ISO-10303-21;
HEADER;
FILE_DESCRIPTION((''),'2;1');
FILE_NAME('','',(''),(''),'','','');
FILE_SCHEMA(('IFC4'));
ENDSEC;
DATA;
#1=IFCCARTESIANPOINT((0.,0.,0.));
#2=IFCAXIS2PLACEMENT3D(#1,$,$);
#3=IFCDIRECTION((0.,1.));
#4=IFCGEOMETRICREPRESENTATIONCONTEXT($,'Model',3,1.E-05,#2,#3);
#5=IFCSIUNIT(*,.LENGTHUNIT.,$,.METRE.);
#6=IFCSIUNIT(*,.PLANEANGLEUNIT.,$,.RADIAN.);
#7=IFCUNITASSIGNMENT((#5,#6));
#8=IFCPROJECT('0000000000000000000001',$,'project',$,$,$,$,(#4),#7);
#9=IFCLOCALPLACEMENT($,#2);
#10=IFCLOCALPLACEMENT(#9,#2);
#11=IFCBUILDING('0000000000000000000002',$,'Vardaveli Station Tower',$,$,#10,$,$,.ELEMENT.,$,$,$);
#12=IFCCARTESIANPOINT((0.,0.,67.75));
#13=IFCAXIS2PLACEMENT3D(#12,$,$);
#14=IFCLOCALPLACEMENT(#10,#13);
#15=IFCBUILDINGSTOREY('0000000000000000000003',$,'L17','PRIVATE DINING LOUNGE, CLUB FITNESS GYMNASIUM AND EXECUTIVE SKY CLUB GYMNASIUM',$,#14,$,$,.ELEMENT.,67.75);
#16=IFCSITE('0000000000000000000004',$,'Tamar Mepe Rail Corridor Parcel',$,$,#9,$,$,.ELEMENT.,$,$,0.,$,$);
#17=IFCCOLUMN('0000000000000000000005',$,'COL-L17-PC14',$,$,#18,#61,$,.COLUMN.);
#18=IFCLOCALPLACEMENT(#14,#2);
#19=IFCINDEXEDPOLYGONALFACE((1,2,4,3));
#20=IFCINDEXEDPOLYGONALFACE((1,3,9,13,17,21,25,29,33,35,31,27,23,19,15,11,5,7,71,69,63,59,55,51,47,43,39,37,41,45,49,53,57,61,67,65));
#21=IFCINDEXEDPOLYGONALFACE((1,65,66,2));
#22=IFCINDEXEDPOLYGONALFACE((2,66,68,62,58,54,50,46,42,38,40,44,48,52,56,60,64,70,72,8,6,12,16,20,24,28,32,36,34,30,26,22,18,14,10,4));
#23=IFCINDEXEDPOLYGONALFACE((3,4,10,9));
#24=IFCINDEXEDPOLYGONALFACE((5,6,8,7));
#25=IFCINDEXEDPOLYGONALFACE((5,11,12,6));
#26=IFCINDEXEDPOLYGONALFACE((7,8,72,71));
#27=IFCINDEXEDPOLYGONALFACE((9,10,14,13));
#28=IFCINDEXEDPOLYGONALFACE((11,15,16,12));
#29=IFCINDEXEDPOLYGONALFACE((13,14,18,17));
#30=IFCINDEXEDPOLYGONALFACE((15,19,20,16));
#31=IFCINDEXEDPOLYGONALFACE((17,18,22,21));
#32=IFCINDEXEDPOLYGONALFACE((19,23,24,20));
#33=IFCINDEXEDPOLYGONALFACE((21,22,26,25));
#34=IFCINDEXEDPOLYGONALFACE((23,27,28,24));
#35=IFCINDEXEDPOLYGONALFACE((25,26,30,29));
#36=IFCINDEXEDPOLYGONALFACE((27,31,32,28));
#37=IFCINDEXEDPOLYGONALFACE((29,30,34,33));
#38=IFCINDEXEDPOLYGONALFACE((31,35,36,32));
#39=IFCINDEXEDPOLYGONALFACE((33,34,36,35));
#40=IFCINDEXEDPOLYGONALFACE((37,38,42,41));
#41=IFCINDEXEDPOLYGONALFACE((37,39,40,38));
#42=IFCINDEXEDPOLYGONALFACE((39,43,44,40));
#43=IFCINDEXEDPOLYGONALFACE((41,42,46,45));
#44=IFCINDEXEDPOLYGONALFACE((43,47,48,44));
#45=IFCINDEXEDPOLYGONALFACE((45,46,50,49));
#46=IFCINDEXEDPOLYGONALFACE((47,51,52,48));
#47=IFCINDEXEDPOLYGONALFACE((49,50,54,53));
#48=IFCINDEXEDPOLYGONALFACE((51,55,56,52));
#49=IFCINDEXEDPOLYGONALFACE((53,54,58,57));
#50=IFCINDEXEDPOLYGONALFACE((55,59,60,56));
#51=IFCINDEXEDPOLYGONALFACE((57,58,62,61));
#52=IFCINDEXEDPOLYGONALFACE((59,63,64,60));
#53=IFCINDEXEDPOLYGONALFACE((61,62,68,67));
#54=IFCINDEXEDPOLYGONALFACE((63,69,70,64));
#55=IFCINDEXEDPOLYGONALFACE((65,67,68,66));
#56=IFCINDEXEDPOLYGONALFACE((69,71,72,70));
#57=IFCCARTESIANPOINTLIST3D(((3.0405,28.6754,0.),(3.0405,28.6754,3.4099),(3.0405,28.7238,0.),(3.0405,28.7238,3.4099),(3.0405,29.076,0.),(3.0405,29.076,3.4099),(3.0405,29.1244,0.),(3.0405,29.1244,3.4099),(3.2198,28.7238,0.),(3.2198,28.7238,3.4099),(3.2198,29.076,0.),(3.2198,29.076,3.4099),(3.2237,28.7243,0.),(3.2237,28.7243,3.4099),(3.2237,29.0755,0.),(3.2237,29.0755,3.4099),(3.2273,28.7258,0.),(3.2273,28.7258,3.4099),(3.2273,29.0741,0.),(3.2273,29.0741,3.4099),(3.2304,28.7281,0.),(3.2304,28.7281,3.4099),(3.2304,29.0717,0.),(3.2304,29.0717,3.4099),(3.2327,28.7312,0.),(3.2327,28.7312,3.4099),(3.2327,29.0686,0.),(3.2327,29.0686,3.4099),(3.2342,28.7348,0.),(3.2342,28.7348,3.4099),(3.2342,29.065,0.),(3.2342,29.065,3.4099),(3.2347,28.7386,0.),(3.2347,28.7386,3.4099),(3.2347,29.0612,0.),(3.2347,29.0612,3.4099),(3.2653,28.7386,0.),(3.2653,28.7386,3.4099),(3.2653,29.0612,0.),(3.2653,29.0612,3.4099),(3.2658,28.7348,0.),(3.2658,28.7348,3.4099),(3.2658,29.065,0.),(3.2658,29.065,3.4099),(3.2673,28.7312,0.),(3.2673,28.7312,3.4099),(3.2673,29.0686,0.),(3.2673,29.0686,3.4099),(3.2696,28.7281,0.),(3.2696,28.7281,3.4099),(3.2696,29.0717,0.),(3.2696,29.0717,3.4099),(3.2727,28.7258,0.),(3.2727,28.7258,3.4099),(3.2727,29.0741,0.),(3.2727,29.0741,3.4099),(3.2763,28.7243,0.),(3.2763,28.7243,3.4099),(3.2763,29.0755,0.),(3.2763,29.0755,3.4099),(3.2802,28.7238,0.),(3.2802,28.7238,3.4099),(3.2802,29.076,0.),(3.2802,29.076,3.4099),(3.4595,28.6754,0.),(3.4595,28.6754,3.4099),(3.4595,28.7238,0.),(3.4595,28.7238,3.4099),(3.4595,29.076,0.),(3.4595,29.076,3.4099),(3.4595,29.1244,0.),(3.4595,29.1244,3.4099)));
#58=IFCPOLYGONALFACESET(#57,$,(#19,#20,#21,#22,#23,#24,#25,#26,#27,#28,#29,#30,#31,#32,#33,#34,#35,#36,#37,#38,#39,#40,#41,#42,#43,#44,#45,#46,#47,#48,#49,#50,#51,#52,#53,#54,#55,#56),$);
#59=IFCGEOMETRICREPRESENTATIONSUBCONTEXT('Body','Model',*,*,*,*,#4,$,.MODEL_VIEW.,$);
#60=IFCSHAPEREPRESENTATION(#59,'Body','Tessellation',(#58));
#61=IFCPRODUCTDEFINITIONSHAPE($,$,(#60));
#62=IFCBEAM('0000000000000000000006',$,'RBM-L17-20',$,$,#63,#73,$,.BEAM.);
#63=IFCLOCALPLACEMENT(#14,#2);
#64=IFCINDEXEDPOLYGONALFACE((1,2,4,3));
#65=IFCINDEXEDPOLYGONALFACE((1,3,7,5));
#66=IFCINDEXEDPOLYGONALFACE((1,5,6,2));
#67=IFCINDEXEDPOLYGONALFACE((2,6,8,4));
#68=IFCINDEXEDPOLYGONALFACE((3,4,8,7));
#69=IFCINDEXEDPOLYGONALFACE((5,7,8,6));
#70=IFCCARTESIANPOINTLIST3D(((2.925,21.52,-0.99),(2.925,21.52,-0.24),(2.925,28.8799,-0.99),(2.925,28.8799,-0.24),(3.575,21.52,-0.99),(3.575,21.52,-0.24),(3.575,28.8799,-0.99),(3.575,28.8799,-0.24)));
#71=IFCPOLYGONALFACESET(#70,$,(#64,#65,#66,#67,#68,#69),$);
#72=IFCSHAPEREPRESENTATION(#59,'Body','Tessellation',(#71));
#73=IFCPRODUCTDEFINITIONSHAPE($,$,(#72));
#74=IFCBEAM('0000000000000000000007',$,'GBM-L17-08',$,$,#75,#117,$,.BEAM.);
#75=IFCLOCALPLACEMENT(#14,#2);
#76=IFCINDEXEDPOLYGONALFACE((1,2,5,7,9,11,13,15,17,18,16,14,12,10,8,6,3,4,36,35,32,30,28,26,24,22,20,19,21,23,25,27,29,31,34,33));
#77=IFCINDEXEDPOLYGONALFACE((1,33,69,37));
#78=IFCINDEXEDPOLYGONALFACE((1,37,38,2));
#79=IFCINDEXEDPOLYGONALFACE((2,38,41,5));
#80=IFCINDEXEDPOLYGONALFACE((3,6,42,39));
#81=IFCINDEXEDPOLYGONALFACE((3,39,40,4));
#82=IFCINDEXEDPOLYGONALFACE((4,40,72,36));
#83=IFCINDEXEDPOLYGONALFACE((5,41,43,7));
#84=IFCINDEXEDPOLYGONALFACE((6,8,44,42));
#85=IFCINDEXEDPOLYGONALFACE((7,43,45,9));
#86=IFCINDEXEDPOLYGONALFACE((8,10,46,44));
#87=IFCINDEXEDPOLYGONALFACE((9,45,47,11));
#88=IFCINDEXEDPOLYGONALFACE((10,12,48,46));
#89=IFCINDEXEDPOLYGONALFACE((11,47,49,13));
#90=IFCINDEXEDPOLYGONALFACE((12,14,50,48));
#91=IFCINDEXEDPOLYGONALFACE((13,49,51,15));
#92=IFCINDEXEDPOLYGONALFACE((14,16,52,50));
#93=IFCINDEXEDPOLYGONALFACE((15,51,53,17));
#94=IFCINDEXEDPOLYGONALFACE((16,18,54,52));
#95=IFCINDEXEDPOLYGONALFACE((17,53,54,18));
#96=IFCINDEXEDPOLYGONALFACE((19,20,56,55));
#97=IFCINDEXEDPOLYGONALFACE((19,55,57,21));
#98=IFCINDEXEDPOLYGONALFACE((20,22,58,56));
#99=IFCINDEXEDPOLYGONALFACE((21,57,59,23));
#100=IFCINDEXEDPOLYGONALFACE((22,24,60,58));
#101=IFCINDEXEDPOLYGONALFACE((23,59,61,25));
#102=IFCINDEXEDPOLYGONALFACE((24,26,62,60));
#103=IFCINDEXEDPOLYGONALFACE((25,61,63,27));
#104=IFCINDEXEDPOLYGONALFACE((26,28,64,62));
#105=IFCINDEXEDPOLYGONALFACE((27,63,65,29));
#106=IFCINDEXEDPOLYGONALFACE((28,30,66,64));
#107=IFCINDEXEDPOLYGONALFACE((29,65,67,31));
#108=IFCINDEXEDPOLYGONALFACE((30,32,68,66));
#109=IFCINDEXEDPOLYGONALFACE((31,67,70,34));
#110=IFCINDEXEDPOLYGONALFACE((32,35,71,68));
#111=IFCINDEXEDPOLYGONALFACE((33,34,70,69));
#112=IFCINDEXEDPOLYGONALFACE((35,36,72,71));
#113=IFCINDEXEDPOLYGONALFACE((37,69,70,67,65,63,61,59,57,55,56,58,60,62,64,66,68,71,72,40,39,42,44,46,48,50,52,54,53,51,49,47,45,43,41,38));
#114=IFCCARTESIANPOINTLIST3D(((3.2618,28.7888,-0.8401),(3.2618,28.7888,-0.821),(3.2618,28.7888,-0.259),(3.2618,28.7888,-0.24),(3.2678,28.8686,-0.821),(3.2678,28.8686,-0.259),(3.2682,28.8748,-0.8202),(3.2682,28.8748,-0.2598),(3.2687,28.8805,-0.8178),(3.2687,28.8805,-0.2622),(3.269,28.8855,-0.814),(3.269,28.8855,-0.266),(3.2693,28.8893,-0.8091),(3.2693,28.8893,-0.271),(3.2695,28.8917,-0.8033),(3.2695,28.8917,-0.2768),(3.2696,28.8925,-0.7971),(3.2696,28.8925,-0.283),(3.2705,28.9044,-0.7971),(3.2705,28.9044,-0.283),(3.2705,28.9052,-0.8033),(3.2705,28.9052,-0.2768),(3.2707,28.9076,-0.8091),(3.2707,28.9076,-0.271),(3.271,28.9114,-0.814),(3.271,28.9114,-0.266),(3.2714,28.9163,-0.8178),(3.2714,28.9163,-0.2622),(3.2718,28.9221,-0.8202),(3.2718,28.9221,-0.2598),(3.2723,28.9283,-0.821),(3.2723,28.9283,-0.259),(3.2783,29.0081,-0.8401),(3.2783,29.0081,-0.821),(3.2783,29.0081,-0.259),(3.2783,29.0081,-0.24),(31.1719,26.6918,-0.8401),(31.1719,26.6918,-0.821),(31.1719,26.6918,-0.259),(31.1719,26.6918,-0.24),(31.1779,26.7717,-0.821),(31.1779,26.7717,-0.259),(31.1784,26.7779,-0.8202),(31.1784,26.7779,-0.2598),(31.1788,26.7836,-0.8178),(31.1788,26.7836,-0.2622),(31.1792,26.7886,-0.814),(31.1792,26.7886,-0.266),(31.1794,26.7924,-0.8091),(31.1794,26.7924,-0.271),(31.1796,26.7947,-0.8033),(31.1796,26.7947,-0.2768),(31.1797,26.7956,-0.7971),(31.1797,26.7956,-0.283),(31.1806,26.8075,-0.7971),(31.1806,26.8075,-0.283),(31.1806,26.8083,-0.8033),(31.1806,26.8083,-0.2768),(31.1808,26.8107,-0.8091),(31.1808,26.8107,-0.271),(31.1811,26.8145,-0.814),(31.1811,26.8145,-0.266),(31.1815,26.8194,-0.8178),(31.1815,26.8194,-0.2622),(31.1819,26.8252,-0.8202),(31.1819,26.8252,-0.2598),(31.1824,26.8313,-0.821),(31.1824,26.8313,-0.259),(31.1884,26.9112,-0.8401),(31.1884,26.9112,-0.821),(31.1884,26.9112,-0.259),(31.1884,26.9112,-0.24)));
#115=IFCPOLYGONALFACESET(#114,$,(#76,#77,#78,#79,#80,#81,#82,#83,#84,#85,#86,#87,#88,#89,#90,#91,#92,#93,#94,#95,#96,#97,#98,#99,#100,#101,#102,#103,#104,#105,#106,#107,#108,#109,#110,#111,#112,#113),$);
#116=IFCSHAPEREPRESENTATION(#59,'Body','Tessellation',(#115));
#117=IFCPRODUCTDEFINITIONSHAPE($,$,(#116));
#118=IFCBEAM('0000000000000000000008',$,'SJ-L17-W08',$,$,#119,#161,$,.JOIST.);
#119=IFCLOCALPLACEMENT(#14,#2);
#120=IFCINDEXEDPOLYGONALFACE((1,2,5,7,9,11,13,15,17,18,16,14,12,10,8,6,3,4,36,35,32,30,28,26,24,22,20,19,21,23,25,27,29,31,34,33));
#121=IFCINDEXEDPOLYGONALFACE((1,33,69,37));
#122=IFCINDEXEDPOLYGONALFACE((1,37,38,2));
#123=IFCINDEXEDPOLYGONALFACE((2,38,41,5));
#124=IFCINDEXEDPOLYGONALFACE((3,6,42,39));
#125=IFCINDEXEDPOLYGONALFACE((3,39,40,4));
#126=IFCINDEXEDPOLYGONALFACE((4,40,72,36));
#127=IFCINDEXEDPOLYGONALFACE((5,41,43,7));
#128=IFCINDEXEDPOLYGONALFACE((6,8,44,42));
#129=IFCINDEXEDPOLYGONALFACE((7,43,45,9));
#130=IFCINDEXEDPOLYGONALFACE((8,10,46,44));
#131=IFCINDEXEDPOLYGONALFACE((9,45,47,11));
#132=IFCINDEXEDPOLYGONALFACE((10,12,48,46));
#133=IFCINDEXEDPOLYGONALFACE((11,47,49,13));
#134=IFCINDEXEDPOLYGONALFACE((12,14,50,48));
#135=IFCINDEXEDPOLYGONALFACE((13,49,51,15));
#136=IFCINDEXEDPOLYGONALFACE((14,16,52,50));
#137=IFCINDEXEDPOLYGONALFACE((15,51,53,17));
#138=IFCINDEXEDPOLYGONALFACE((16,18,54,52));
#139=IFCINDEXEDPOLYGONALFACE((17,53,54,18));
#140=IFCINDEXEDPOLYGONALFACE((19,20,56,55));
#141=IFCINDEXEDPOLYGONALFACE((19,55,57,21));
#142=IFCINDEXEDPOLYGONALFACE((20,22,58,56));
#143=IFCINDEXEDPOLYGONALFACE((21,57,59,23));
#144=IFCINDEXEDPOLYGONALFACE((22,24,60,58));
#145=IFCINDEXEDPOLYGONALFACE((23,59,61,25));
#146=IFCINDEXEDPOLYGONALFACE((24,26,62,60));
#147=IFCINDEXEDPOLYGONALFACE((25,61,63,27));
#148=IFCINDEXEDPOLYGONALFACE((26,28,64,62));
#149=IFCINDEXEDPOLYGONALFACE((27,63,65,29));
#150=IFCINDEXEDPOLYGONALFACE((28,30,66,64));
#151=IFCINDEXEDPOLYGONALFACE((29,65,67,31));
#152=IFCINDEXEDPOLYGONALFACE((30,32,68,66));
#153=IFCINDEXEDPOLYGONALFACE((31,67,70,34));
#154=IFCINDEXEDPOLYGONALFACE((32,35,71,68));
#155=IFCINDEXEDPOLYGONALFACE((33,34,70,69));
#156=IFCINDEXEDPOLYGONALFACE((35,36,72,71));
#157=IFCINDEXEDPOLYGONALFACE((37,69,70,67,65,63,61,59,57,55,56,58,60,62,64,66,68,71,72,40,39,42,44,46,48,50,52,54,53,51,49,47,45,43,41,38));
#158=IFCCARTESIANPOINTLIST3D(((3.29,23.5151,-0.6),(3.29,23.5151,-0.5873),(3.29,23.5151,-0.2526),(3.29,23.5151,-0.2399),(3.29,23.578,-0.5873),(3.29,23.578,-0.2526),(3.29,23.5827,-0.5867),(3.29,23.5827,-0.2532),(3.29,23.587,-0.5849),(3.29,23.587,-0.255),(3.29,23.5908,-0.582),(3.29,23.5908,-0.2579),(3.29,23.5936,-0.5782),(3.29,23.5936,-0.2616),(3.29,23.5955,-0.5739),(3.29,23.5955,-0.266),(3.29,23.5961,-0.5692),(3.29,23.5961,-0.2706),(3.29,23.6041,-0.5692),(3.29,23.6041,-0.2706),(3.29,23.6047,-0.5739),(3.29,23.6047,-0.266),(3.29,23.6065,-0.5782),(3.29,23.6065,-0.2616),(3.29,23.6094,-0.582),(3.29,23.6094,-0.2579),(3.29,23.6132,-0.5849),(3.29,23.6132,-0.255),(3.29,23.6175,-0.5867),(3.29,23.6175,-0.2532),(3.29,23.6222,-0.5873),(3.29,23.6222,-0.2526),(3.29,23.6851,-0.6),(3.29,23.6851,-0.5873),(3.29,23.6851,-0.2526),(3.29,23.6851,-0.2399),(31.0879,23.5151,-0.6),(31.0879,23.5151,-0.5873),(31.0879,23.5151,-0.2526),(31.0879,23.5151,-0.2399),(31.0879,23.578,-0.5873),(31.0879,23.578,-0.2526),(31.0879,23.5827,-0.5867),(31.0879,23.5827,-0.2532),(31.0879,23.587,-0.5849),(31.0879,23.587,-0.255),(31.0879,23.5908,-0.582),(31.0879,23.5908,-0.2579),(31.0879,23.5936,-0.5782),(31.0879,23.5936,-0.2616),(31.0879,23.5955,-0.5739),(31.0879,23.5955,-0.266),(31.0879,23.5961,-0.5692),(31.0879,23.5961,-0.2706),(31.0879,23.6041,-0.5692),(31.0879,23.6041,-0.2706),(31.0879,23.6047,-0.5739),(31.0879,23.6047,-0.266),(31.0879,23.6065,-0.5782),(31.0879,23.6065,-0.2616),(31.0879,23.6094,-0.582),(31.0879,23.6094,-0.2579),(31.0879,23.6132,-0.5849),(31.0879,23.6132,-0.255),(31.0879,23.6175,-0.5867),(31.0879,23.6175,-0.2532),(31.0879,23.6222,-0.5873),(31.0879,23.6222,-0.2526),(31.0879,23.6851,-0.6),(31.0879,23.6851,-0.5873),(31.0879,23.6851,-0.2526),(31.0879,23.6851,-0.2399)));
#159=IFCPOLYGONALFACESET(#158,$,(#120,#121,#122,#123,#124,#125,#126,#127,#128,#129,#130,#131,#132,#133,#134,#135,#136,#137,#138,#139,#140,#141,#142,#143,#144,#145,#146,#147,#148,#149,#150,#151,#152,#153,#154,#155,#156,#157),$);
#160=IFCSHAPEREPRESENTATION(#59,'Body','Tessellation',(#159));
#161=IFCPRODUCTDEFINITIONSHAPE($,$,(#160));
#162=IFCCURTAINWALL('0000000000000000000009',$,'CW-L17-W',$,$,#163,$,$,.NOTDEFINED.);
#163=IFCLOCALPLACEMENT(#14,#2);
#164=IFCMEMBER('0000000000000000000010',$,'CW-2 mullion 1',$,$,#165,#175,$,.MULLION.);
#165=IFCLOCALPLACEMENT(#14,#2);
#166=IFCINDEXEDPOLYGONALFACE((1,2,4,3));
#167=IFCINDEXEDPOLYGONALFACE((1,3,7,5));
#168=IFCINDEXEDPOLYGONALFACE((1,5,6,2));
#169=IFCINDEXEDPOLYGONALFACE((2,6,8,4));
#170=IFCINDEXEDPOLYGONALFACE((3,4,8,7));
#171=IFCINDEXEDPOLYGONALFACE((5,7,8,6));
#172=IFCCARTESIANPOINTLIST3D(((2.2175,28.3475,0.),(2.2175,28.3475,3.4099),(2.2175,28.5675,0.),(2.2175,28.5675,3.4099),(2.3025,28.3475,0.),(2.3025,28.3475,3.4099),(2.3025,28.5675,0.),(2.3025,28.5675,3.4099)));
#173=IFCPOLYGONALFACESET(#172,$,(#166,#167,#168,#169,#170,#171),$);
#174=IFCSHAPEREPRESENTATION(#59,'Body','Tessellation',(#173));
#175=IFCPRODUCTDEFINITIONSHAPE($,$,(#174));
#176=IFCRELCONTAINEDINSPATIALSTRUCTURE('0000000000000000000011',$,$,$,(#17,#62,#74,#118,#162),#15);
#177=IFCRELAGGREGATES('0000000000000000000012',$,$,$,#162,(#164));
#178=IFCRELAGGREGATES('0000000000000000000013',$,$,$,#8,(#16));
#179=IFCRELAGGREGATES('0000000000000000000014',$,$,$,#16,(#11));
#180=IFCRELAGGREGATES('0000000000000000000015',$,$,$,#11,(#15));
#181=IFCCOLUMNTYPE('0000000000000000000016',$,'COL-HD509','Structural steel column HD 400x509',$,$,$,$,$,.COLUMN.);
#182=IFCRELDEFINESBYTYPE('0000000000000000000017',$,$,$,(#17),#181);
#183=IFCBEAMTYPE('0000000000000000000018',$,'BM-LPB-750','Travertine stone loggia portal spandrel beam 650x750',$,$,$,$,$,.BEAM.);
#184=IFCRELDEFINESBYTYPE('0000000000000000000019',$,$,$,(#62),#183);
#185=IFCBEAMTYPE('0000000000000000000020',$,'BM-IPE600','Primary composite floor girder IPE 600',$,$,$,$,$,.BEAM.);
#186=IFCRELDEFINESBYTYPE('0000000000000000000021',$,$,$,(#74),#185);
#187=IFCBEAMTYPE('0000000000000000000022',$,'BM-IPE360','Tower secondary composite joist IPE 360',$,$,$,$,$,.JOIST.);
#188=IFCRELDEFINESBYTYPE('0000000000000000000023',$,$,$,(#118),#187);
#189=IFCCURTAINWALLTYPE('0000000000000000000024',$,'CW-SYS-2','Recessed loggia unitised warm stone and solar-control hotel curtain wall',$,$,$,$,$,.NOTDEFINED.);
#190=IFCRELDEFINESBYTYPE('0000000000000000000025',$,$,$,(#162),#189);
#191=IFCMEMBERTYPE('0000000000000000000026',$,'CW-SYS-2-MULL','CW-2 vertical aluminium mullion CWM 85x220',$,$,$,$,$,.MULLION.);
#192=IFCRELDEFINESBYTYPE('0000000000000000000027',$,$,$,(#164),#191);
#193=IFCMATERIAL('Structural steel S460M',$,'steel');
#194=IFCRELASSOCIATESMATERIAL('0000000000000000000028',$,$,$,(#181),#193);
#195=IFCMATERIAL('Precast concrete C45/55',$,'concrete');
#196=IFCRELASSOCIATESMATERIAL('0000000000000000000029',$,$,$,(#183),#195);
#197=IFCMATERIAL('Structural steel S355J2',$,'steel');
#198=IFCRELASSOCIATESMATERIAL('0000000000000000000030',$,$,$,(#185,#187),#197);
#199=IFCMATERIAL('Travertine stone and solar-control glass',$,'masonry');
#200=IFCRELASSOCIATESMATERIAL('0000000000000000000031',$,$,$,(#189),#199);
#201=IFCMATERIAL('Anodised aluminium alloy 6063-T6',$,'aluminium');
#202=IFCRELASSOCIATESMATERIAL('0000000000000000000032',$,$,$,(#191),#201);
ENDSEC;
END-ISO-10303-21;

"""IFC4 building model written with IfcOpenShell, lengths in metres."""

from ifc_helpers import new_model, si_unit, direction, frame, origin, origin_2d, place, context, subcontext, project, spatial, rectangle, i_section, extrude, source, transform, mapped, material, material_profile, profile_set, type_object, element, aggregate, save


model = new_model("IFC4")

# Units and contexts
model_context = context("Model", 3, precision=1e-05, world=origin(), true_north=direction((0.0, 1.0)))
body_context = subcontext(model_context, "Body", "Model", "MODEL_VIEW")
ifc_project = project(units=[si_unit("LENGTHUNIT", "METRE"), si_unit("PLANEANGLEUNIT", "RADIAN")], contexts=[model_context])

# Site, building, storey
site_placement = place(None, origin())
site = spatial("IfcSite", under=ifc_project, at=site_placement, Name="Tamar Mepe Rail Corridor Parcel", CompositionType="ELEMENT", RefElevation=0.0)
building_placement = place(site_placement, origin())
building = spatial("IfcBuilding", under=site, at=building_placement, Name="Vardaveli Station Tower", CompositionType="ELEMENT")
storey_placement = place(building_placement, frame((0.0, 0.0, 67.75)))
storey = spatial("IfcBuildingStorey", under=building, at=storey_placement, Name="L17", Description="PRIVATE DINING LOUNGE, CLUB FITNESS GYMNASIUM AND EXECUTIVE SKY CLUB GYMNASIUM", CompositionType="ELEMENT", Elevation=67.75)

# Column
ifc_material_1 = material(Name="Structural steel S460M", Category="steel")
ifc_material_profile_1 = material_profile(ifc_material_1, i_section(OverallWidth=0.4189, OverallDepth=0.449, WebThickness=0.0305, FlangeThickness=0.0483, FilletRadius=0.0149, at=origin_2d()), Name="HD 400x509")
ifc_profile_set_1 = profile_set([ifc_material_profile_1], Name="Structural steel S460M")
column_type = type_object("IfcColumnType", Name="COL-HD509", Description="Structural steel column HD 400x509", PredefinedType="COLUMN", material=ifc_profile_set_1)
shared_shape_1 = source(origin(), body_context, "Body", "SweptSolid", [
    extrude(i_section(OverallWidth=0.4189, OverallDepth=0.449, WebThickness=0.0305, FlangeThickness=0.0483, FilletRadius=0.0149, at=origin_2d()), origin(), (0.0, 0.0, 1.0), 3.4099),
])
column_placement = place(storey_placement, frame((3.25, 28.8999, 0.0), z_axis=(0.0, 0.0, 1.0), x_axis=(1.0, 0.0, 0.0)))
element("IfcColumn", 1, at=column_placement, inside=storey, type_object=column_type, Name="COL-L17-PC14", PredefinedType="COLUMN", context=body_context, shape_type="MappedRepresentation", body=[
    mapped(shared_shape_1, transform((0.0, 0.0, 0.0), scale=1.0)),
])

# Beams
ifc_material_2 = material(Name="Precast concrete C45/55", Category="concrete")
ifc_material_profile_2 = material_profile(ifc_material_2, rectangle(XDim=0.6499, YDim=0.75, at=origin_2d()), Name="LPB 650x750")
ifc_profile_set_2 = profile_set([ifc_material_profile_2], Name="Precast concrete C45/55")
beam_type_1 = type_object("IfcBeamType", Name="BM-LPB-750", Description="Travertine stone loggia portal spandrel beam 650x750", PredefinedType="BEAM", material=ifc_profile_set_2)
shared_shape_2 = source(origin(), body_context, "Body", "SweptSolid", [
    extrude(rectangle(XDim=0.6499, YDim=0.75, at=origin_2d()), origin(), (0.0, 0.0, 1.0), 7.3599),
])
beam_1_placement = place(storey_placement, frame((3.25, 28.8799, -0.615), z_axis=(0.0, -1.0, 0.0), x_axis=(1.0, 0.0, 0.0)))
element("IfcBeam", 2, at=beam_1_placement, inside=storey, type_object=beam_type_1, Name="RBM-L17-20", PredefinedType="BEAM", context=body_context, shape_type="MappedRepresentation", body=[
    mapped(shared_shape_2, transform((0.0, 0.0, 0.0), scale=1.0)),
])
ifc_material_3 = material(Name="Structural steel S355J2", Category="steel")
ifc_material_profile_3 = material_profile(ifc_material_3, i_section(OverallWidth=0.22, OverallDepth=0.6001, WebThickness=0.012, FlangeThickness=0.019, FilletRadius=0.0239, at=origin_2d()), Name="IPE 600")
ifc_profile_set_3 = profile_set([ifc_material_profile_3], Name="Structural steel S355J2")
beam_type_2 = type_object("IfcBeamType", Name="BM-IPE600", Description="Primary composite floor girder IPE 600", PredefinedType="BEAM", material=ifc_profile_set_3)
shared_shape_3 = source(origin(), body_context, "Body", "SweptSolid", [
    extrude(i_section(OverallWidth=0.22, OverallDepth=0.6001, WebThickness=0.012, FlangeThickness=0.019, FilletRadius=0.0239, at=origin_2d()), origin(), (0.0, 0.0, 1.0), 27.9888),
])
beam_2_placement = place(storey_placement, frame((3.27, 28.8984, -0.54), z_axis=(0.99719, -0.07492, 0.0), x_axis=(0.07492, 0.99719, 0.0)))
element("IfcBeam", 3, at=beam_2_placement, inside=storey, type_object=beam_type_2, Name="GBM-L17-08", PredefinedType="BEAM", context=body_context, shape_type="MappedRepresentation", body=[
    mapped(shared_shape_3, transform((0.0, 0.0, 0.0), scale=1.0)),
])
ifc_material_profile_4 = material_profile(ifc_material_3, i_section(OverallWidth=0.1699, OverallDepth=0.3601, WebThickness=0.0081, FlangeThickness=0.0127, FilletRadius=0.0181, at=origin_2d()), Name="IPE 360")
ifc_profile_set_4 = profile_set([ifc_material_profile_4], Name="Structural steel S355J2")
beam_type_3 = type_object("IfcBeamType", Name="BM-IPE360", Description="Tower secondary composite joist IPE 360", PredefinedType="JOIST", material=ifc_profile_set_4)
shared_shape_4 = source(origin(), body_context, "Body", "SweptSolid", [
    extrude(i_section(OverallWidth=0.1699, OverallDepth=0.3601, WebThickness=0.0081, FlangeThickness=0.0127, FilletRadius=0.0181, at=origin_2d()), origin(), (0.0, 0.0, 1.0), 27.7979),
])
beam_3_placement = place(storey_placement, frame((3.29, 23.6001, -0.4199), z_axis=(1.0, 0.0, 0.0), x_axis=(0.0, 1.0, 0.0)))
element("IfcBeam", 4, at=beam_3_placement, inside=storey, type_object=beam_type_3, Name="SJ-L17-W08", PredefinedType="JOIST", context=body_context, shape_type="MappedRepresentation", body=[
    mapped(shared_shape_4, transform((0.0, 0.0, 0.0), scale=1.0)),
])

# Curtain wall, member
ifc_material_4 = material(Name="Travertine stone and solar-control glass", Category="masonry")
curtain_wall_type = type_object("IfcCurtainWallType", Name="CW-SYS-2", Description="Recessed loggia unitised warm stone and solar-control hotel curtain wall", PredefinedType="NOTDEFINED", material=ifc_material_4)
curtain_wall_placement = place(storey_placement, origin())
curtain_wall = element("IfcCurtainWall", 5, at=curtain_wall_placement, inside=storey, type_object=curtain_wall_type, Name="CW-L17-W", PredefinedType="NOTDEFINED")
ifc_material_5 = material(Name="Anodised aluminium alloy 6063-T6", Category="aluminium")
ifc_material_profile_5 = material_profile(ifc_material_5, rectangle(XDim=0.085, YDim=0.22, at=origin_2d()), Name="CWM 85x220")
ifc_profile_set_5 = profile_set([ifc_material_profile_5], Name="Anodised aluminium alloy 6063-T6")
member_type_1 = type_object("IfcMemberType", Name="CW-SYS-2-MULL", Description="CW-2 vertical aluminium mullion CWM 85x220", PredefinedType="MULLION", material=ifc_profile_set_5)
shared_shape_5 = source(origin(), body_context, "Body", "SweptSolid", [
    extrude(rectangle(XDim=0.085, YDim=0.22, at=origin_2d()), origin(), (0.0, 0.0, 1.0), 3.4099),
])
member_1_placement = place(storey_placement, frame((2.26, 28.4575, 0.0), z_axis=(0.0, 0.0, 1.0), x_axis=(1.0, 0.0, 0.0)))
member_1 = element("IfcMember", 6, at=member_1_placement, type_object=member_type_1, Name="CW-2 mullion 1", PredefinedType="MULLION", context=body_context, shape_type="MappedRepresentation", body=[
    mapped(shared_shape_5, transform((0.0, 0.0, 0.0), scale=1.0)),
])
aggregate(curtain_wall, [member_1])

save(model, "model.ifc")
